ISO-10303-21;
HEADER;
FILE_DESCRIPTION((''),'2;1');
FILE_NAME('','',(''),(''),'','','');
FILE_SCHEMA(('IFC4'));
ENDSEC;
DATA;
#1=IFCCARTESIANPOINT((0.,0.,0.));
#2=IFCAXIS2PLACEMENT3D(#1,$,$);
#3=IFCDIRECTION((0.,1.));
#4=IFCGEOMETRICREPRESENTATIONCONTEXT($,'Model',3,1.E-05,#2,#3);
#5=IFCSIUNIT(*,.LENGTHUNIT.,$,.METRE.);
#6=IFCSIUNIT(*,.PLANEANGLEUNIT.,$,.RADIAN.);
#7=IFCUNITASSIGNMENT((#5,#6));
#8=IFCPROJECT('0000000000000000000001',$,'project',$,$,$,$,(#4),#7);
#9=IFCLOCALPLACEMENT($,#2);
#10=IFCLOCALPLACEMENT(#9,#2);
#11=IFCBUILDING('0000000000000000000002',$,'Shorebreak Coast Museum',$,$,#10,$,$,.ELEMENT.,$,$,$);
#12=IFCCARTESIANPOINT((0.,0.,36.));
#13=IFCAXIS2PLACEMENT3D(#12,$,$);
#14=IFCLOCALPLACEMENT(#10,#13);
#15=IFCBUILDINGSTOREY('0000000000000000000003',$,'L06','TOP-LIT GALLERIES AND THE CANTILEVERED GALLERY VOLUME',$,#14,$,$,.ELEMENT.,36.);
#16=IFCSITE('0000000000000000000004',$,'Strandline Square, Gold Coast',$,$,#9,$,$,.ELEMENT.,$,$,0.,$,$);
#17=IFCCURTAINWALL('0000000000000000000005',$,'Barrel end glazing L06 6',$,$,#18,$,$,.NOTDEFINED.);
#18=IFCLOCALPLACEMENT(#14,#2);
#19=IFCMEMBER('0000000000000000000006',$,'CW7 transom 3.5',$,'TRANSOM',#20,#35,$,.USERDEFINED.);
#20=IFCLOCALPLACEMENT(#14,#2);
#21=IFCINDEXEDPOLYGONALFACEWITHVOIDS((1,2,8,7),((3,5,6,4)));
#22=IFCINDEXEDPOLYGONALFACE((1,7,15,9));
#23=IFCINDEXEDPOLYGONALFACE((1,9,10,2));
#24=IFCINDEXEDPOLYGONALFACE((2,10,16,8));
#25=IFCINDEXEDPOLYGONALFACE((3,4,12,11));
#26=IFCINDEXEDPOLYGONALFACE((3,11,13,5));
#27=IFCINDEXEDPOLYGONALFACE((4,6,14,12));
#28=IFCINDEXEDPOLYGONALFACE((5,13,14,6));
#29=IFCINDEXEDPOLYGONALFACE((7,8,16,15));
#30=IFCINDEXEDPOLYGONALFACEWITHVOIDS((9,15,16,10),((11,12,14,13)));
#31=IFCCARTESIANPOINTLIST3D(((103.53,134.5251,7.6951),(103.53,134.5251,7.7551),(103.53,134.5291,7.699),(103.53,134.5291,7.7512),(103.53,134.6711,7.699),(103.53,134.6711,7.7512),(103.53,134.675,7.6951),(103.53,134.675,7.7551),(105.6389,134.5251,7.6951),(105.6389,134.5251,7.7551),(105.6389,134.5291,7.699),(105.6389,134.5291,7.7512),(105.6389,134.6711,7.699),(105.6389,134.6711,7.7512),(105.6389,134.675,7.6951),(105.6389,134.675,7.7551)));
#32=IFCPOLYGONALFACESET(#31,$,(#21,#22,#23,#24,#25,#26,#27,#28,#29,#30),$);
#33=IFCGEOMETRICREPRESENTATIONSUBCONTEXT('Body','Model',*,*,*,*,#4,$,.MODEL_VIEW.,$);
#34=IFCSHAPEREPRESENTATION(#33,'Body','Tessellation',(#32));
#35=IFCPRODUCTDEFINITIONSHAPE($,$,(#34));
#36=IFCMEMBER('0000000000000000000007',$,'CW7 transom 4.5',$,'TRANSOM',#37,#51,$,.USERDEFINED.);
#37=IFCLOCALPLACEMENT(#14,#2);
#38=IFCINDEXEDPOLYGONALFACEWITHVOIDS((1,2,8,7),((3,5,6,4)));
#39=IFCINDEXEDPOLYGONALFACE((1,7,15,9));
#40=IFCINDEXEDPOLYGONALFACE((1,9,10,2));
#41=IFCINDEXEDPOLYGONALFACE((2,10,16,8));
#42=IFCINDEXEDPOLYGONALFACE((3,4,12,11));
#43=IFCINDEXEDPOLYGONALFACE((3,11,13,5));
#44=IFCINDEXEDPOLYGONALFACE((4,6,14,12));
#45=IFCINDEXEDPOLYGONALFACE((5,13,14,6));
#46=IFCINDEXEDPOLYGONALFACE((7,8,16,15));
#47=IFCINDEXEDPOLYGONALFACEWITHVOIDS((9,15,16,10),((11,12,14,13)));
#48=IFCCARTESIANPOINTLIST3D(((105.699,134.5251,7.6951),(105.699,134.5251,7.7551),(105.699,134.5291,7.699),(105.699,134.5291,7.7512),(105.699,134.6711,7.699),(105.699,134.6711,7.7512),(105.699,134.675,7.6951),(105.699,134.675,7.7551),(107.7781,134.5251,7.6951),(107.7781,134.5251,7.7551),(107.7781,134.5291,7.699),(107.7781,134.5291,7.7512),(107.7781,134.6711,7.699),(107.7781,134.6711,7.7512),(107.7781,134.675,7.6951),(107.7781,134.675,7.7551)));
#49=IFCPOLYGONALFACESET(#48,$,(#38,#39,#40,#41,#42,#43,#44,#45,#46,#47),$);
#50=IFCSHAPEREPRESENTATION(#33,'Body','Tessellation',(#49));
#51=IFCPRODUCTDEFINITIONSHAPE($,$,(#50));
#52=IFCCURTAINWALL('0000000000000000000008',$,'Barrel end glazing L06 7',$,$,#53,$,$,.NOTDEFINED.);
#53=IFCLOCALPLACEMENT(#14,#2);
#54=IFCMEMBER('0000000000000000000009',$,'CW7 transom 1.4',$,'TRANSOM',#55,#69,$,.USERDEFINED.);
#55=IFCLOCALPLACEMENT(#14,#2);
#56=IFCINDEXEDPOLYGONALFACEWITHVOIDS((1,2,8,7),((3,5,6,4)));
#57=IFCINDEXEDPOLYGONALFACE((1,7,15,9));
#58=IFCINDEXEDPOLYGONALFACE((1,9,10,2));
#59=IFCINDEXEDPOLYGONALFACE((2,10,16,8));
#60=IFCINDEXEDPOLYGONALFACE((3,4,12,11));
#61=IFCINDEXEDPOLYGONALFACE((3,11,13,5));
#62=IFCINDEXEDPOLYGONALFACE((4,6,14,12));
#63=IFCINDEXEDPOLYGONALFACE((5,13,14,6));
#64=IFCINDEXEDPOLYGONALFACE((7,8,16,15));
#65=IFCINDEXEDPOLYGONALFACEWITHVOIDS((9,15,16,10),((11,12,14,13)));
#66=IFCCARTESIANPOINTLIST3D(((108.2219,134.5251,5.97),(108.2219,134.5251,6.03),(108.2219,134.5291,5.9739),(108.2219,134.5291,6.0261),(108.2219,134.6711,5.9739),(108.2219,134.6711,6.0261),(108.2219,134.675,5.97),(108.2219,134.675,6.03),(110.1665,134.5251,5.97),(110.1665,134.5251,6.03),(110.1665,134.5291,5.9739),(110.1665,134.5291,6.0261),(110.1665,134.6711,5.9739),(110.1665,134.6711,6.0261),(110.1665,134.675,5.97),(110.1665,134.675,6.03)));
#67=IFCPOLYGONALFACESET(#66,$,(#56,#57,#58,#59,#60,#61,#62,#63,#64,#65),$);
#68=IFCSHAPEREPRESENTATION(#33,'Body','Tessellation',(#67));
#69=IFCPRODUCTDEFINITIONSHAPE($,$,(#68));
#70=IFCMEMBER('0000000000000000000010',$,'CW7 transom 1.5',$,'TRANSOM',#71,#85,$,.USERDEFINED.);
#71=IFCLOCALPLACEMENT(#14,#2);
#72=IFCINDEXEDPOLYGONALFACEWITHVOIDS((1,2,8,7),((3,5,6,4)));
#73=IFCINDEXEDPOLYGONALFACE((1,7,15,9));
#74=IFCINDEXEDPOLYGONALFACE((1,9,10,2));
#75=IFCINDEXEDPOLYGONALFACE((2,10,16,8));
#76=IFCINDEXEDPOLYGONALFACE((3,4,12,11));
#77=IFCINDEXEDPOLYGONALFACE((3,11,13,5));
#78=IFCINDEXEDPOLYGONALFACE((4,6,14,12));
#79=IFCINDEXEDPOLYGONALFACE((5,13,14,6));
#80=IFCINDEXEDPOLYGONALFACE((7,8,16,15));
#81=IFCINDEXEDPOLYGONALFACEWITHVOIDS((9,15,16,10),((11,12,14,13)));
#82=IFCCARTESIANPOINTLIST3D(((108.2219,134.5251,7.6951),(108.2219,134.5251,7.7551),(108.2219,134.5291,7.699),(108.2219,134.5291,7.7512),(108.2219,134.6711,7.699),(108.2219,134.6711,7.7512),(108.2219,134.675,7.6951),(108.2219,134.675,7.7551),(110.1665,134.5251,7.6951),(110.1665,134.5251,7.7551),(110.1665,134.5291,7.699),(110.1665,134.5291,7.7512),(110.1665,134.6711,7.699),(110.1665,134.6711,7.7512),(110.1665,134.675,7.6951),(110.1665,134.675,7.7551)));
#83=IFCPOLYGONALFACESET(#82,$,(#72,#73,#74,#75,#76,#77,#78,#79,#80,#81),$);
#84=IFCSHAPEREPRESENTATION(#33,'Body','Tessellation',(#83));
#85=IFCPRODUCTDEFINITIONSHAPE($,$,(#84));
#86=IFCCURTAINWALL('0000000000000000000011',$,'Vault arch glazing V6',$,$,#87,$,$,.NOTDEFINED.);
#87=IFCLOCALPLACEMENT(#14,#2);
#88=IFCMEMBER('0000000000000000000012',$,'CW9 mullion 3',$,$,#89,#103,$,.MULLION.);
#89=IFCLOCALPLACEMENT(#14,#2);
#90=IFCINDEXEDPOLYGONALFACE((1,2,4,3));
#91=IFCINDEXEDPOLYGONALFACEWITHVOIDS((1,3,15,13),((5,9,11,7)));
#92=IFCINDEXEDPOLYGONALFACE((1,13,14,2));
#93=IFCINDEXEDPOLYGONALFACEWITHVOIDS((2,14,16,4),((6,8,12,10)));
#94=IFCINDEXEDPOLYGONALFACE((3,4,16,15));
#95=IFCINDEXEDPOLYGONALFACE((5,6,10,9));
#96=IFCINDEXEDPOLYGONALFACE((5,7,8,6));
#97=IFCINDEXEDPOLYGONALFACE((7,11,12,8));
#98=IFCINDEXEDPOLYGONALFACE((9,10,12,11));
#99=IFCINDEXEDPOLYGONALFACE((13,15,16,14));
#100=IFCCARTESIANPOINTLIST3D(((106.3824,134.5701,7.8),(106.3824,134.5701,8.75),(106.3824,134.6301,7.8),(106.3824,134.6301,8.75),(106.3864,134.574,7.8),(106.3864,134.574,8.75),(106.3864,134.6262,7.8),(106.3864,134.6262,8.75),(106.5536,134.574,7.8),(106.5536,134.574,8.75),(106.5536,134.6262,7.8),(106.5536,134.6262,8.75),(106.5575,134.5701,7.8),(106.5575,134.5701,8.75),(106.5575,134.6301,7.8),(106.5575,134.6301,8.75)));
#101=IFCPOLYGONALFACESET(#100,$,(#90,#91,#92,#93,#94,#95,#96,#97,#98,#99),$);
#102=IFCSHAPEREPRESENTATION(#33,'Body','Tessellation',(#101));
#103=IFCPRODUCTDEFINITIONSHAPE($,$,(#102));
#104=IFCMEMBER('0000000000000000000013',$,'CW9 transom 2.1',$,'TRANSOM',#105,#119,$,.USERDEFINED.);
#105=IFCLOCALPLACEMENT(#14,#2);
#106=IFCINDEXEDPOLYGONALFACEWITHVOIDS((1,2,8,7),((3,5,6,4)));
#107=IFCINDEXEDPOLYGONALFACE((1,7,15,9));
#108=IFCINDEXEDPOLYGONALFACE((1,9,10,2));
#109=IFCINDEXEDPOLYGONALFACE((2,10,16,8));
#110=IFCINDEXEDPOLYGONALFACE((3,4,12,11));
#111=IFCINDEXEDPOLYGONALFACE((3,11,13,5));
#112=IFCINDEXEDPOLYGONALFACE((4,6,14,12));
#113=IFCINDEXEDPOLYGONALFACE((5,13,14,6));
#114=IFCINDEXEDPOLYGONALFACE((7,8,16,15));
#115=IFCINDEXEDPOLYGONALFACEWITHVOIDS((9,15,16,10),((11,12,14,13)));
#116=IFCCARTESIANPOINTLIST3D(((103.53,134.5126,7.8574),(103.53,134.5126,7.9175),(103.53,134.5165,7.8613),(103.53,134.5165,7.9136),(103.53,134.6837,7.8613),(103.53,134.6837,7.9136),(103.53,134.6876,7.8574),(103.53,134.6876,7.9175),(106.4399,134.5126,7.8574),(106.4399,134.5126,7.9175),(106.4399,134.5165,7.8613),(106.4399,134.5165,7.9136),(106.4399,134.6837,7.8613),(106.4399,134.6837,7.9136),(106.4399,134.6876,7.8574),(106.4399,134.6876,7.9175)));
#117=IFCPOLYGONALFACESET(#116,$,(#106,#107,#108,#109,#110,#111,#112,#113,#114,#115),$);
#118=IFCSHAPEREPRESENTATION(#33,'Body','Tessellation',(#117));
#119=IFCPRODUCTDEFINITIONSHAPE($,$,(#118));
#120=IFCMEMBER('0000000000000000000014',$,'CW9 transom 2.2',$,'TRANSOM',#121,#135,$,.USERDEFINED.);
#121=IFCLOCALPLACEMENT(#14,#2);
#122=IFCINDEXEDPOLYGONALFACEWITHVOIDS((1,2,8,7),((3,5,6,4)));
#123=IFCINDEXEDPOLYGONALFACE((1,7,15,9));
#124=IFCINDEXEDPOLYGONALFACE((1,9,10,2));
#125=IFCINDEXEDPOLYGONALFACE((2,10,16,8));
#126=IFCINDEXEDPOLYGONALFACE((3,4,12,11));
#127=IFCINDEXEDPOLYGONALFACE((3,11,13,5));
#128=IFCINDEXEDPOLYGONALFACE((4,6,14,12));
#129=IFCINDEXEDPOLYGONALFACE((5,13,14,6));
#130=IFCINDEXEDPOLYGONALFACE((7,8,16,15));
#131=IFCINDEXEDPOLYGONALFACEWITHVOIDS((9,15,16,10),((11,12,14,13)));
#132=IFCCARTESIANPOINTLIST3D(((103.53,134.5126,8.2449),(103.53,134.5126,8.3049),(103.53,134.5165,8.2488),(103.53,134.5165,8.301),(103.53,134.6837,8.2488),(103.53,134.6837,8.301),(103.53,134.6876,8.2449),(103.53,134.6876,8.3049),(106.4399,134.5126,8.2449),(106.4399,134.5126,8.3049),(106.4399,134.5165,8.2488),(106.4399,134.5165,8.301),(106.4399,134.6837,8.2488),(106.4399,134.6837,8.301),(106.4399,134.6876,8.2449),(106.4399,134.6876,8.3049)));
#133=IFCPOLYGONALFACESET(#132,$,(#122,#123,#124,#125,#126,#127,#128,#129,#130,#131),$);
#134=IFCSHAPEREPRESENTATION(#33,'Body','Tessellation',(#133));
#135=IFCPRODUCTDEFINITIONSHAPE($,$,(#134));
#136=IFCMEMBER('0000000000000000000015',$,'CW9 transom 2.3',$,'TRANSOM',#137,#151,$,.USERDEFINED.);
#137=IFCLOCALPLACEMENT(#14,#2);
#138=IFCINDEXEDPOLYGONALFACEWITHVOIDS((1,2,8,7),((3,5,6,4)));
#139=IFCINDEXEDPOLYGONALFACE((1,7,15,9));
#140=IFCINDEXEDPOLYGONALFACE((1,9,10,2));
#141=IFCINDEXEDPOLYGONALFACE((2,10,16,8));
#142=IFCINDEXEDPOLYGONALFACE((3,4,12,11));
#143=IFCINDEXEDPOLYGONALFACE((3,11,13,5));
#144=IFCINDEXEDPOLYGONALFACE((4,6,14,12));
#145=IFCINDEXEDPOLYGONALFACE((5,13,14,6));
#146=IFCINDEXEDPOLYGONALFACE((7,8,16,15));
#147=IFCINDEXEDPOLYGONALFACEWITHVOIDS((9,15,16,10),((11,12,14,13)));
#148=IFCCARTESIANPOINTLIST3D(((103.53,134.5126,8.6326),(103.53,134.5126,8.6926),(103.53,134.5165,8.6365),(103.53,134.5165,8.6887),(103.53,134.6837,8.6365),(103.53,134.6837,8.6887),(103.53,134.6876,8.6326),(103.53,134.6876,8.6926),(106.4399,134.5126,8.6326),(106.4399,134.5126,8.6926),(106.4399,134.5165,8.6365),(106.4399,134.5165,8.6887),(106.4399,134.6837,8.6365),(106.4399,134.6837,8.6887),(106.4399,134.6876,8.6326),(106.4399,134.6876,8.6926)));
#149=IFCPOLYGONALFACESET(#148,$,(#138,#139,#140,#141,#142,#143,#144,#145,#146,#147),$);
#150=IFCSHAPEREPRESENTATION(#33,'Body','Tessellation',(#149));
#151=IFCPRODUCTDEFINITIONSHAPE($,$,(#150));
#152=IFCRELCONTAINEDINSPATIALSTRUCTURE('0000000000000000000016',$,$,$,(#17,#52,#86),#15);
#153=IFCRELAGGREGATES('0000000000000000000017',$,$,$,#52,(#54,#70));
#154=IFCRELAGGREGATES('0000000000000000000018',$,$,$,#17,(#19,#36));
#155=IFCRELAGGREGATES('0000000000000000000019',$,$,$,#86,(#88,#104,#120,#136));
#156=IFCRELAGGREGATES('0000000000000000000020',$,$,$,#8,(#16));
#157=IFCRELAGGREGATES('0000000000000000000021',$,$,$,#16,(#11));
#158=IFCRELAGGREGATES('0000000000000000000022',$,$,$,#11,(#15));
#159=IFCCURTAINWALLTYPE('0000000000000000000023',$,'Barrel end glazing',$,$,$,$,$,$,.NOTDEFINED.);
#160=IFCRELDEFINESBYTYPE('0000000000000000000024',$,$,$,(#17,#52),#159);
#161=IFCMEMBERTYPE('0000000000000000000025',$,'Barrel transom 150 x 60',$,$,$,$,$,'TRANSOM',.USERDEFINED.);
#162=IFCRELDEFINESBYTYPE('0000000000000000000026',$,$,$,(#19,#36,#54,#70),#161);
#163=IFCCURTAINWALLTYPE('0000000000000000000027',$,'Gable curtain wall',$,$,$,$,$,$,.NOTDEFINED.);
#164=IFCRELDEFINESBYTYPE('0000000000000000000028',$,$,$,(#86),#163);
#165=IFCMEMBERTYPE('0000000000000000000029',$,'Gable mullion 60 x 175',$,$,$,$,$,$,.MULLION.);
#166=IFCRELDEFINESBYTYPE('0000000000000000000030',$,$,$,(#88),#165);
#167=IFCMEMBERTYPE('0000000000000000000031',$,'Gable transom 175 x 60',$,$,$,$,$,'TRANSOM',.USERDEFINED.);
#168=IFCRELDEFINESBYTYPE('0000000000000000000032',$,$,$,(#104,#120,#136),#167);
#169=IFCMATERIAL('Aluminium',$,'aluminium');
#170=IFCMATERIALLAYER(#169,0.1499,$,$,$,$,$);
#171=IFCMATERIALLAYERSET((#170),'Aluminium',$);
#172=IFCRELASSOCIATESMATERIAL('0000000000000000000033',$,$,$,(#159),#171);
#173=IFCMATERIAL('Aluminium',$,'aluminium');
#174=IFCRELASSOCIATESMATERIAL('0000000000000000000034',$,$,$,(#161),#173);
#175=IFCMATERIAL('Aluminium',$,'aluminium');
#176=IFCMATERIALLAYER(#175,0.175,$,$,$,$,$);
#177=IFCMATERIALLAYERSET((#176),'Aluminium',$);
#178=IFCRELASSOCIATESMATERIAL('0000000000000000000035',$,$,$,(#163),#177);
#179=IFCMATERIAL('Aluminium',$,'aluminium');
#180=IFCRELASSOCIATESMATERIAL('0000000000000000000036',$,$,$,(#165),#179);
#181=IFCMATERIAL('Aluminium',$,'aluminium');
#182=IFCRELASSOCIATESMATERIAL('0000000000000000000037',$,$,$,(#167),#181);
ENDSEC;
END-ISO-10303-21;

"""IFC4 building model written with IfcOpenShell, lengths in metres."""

from ifc_helpers import new_model, si_unit, direction, frame, origin, origin_2d, place, context, subcontext, project, spatial, hollow_rectangle, extrude, material, layer, layer_set, material_profile, profile_set, type_object, element, aggregate, save


model = new_model("IFC4")

# Units and contexts
model_context = context("Model", 3, precision=1e-05, world=origin(), true_north=direction((0.0, 1.0)))
body_context = subcontext(model_context, "Body", "Model", "MODEL_VIEW")
ifc_project = project(units=[si_unit("LENGTHUNIT", "METRE"), si_unit("PLANEANGLEUNIT", "RADIAN")], contexts=[model_context])

# Site, building, storey
site_placement = place(None, origin())
site = spatial("IfcSite", under=ifc_project, at=site_placement, Name="Strandline Square, Gold Coast", CompositionType="ELEMENT", RefElevation=0.0)
building_placement = place(site_placement, origin())
building = spatial("IfcBuilding", under=site, at=building_placement, Name="Shorebreak Coast Museum", CompositionType="ELEMENT")
storey_placement = place(building_placement, frame((0.0, 0.0, 36.0)))
storey = spatial("IfcBuildingStorey", under=building, at=storey_placement, Name="L06", Description="TOP-LIT GALLERIES AND THE CANTILEVERED GALLERY VOLUME", CompositionType="ELEMENT", Elevation=36.0)

# Curtain walls, members
ifc_material_1 = material(Name="Aluminium", Category="aluminium")
ifc_layer_1 = layer(ifc_material_1, 0.1499)
ifc_layer_set_1 = layer_set([ifc_layer_1], Name="Aluminium")
curtain_wall_type_1 = type_object("IfcCurtainWallType", Name="Barrel end glazing", PredefinedType="NOTDEFINED", material=ifc_layer_set_1)
curtain_wall_1_placement = place(storey_placement, origin())
curtain_wall_1 = element("IfcCurtainWall", 1, at=curtain_wall_1_placement, inside=storey, type_object=curtain_wall_type_1, Name="Barrel end glazing L06 6", PredefinedType="NOTDEFINED")
ifc_material_2 = material(Name="Aluminium", Category="aluminium")
ifc_material_profile_1 = material_profile(ifc_material_2, hollow_rectangle(XDim=0.1499, YDim=0.0601, WallThickness=0.0039, at=origin_2d()), Name="AL 60x150 RHS")
ifc_profile_set_1 = profile_set([ifc_material_profile_1], Name="Aluminium")
member_type_1 = type_object("IfcMemberType", Name="Barrel transom 150 x 60", ElementType="TRANSOM", PredefinedType="USERDEFINED", material=ifc_profile_set_1)
member_1_placement = place(storey_placement, frame((103.53, 134.6001, 7.7251), z_axis=(1.0, 0.0, 0.0), x_axis=(0.0, 1.0, 0.0)))
member_1 = element("IfcMember", 2, at=member_1_placement, type_object=member_type_1, Name="CW7 transom 3.5", ObjectType="TRANSOM", PredefinedType="USERDEFINED", context=body_context, shape_type="SweptSolid", body=[
    extrude(hollow_rectangle(XDim=0.1499, YDim=0.0601, WallThickness=0.0039, at=origin_2d()), origin(), (0.0, 0.0, 1.0), 2.1089),
])
member_2_placement = place(storey_placement, frame((105.699, 134.6001, 7.7251), z_axis=(1.0, 0.0, 0.0), x_axis=(0.0, 1.0, 0.0)))
member_2 = element("IfcMember", 3, at=member_2_placement, type_object=member_type_1, Name="CW7 transom 4.5", ObjectType="TRANSOM", PredefinedType="USERDEFINED", context=body_context, shape_type="SweptSolid", body=[
    extrude(hollow_rectangle(XDim=0.1499, YDim=0.0601, WallThickness=0.0039, at=origin_2d()), origin(), (0.0, 0.0, 1.0), 2.0791),
])
curtain_wall_2_placement = place(storey_placement, origin())
curtain_wall_2 = element("IfcCurtainWall", 4, at=curtain_wall_2_placement, inside=storey, type_object=curtain_wall_type_1, Name="Barrel end glazing L06 7", PredefinedType="NOTDEFINED")
member_3_placement = place(storey_placement, frame((108.2219, 134.6001, 6.0), z_axis=(1.0, 0.0, 0.0), x_axis=(0.0, 1.0, 0.0)))
member_3 = element("IfcMember", 5, at=member_3_placement, type_object=member_type_1, Name="CW7 transom 1.4", ObjectType="TRANSOM", PredefinedType="USERDEFINED", context=body_context, shape_type="SweptSolid", body=[
    extrude(hollow_rectangle(XDim=0.1499, YDim=0.0601, WallThickness=0.0039, at=origin_2d()), origin(), (0.0, 0.0, 1.0), 1.9446),
])
member_4_placement = place(storey_placement, frame((108.2219, 134.6001, 7.7251), z_axis=(1.0, 0.0, 0.0), x_axis=(0.0, 1.0, 0.0)))
member_4 = element("IfcMember", 6, at=member_4_placement, type_object=member_type_1, Name="CW7 transom 1.5", ObjectType="TRANSOM", PredefinedType="USERDEFINED", context=body_context, shape_type="SweptSolid", body=[
    extrude(hollow_rectangle(XDim=0.1499, YDim=0.0601, WallThickness=0.0039, at=origin_2d()), origin(), (0.0, 0.0, 1.0), 1.9446),
])
aggregate(curtain_wall_2, [member_3, member_4])
ifc_material_3 = material(Name="Aluminium", Category="aluminium")
ifc_layer_2 = layer(ifc_material_3, 0.175)
ifc_layer_set_2 = layer_set([ifc_layer_2], Name="Aluminium")
curtain_wall_type_2 = type_object("IfcCurtainWallType", Name="Gable curtain wall", PredefinedType="NOTDEFINED", material=ifc_layer_set_2)
curtain_wall_3_placement = place(storey_placement, origin())
curtain_wall_3 = element("IfcCurtainWall", 7, at=curtain_wall_3_placement, inside=storey, type_object=curtain_wall_type_2, Name="Vault arch glazing V6", PredefinedType="NOTDEFINED")
ifc_material_4 = material(Name="Aluminium", Category="aluminium")
ifc_material_profile_2 = material_profile(ifc_material_4, hollow_rectangle(XDim=0.0601, YDim=0.175, WallThickness=0.0039, at=origin_2d()), Name="AL 175x60 RHS")
ifc_profile_set_2 = profile_set([ifc_material_profile_2], Name="Aluminium")
member_type_2 = type_object("IfcMemberType", Name="Gable mullion 60 x 175", PredefinedType="MULLION", material=ifc_profile_set_2)
member_5_placement = place(storey_placement, frame((106.47, 134.6001, 7.8), z_axis=(0.0, 0.0, 1.0), x_axis=(0.0, 1.0, 0.0)))
member_5 = element("IfcMember", 8, at=member_5_placement, type_object=member_type_2, Name="CW9 mullion 3", PredefinedType="MULLION", context=body_context, shape_type="SweptSolid", body=[
    extrude(hollow_rectangle(XDim=0.0601, YDim=0.175, WallThickness=0.0039, at=origin_2d()), origin(), (0.0, 0.0, 1.0), 0.95),
])
ifc_material_5 = material(Name="Aluminium", Category="aluminium")
ifc_material_profile_3 = material_profile(ifc_material_5, hollow_rectangle(XDim=0.175, YDim=0.0601, WallThickness=0.0039, at=origin_2d()), Name="AL 60x175 RHS")
ifc_profile_set_3 = profile_set([ifc_material_profile_3], Name="Aluminium")
member_type_3 = type_object("IfcMemberType", Name="Gable transom 175 x 60", ElementType="TRANSOM", PredefinedType="USERDEFINED", material=ifc_profile_set_3)
member_6_placement = place(storey_placement, frame((103.53, 134.6001, 7.8875), z_axis=(1.0, 0.0, 0.0), x_axis=(0.0, 1.0, 0.0)))
member_6 = element("IfcMember", 9, at=member_6_placement, type_object=member_type_3, Name="CW9 transom 2.1", ObjectType="TRANSOM", PredefinedType="USERDEFINED", context=body_context, shape_type="SweptSolid", body=[
    extrude(hollow_rectangle(XDim=0.175, YDim=0.0601, WallThickness=0.0039, at=origin_2d()), origin(), (0.0, 0.0, 1.0), 2.9099),
])
member_7_placement = place(storey_placement, frame((103.53, 134.6001, 8.2749), z_axis=(1.0, 0.0, 0.0), x_axis=(0.0, 1.0, 0.0)))
member_7 = element("IfcMember", 10, at=member_7_placement, type_object=member_type_3, Name="CW9 transom 2.2", ObjectType="TRANSOM", PredefinedType="USERDEFINED", context=body_context, shape_type="SweptSolid", body=[
    extrude(hollow_rectangle(XDim=0.175, YDim=0.0601, WallThickness=0.0039, at=origin_2d()), origin(), (0.0, 0.0, 1.0), 2.9099),
])
member_8_placement = place(storey_placement, frame((103.53, 134.6001, 8.6626), z_axis=(1.0, 0.0, 0.0), x_axis=(0.0, 1.0, 0.0)))
member_8 = element("IfcMember", 11, at=member_8_placement, type_object=member_type_3, Name="CW9 transom 2.3", ObjectType="TRANSOM", PredefinedType="USERDEFINED", context=body_context, shape_type="SweptSolid", body=[
    extrude(hollow_rectangle(XDim=0.175, YDim=0.0601, WallThickness=0.0039, at=origin_2d()), origin(), (0.0, 0.0, 1.0), 2.9099),
])

aggregate(curtain_wall_1, [member_1, member_2])
aggregate(curtain_wall_3, [member_5, member_6, member_7, member_8])

save(model, "model.ifc")
